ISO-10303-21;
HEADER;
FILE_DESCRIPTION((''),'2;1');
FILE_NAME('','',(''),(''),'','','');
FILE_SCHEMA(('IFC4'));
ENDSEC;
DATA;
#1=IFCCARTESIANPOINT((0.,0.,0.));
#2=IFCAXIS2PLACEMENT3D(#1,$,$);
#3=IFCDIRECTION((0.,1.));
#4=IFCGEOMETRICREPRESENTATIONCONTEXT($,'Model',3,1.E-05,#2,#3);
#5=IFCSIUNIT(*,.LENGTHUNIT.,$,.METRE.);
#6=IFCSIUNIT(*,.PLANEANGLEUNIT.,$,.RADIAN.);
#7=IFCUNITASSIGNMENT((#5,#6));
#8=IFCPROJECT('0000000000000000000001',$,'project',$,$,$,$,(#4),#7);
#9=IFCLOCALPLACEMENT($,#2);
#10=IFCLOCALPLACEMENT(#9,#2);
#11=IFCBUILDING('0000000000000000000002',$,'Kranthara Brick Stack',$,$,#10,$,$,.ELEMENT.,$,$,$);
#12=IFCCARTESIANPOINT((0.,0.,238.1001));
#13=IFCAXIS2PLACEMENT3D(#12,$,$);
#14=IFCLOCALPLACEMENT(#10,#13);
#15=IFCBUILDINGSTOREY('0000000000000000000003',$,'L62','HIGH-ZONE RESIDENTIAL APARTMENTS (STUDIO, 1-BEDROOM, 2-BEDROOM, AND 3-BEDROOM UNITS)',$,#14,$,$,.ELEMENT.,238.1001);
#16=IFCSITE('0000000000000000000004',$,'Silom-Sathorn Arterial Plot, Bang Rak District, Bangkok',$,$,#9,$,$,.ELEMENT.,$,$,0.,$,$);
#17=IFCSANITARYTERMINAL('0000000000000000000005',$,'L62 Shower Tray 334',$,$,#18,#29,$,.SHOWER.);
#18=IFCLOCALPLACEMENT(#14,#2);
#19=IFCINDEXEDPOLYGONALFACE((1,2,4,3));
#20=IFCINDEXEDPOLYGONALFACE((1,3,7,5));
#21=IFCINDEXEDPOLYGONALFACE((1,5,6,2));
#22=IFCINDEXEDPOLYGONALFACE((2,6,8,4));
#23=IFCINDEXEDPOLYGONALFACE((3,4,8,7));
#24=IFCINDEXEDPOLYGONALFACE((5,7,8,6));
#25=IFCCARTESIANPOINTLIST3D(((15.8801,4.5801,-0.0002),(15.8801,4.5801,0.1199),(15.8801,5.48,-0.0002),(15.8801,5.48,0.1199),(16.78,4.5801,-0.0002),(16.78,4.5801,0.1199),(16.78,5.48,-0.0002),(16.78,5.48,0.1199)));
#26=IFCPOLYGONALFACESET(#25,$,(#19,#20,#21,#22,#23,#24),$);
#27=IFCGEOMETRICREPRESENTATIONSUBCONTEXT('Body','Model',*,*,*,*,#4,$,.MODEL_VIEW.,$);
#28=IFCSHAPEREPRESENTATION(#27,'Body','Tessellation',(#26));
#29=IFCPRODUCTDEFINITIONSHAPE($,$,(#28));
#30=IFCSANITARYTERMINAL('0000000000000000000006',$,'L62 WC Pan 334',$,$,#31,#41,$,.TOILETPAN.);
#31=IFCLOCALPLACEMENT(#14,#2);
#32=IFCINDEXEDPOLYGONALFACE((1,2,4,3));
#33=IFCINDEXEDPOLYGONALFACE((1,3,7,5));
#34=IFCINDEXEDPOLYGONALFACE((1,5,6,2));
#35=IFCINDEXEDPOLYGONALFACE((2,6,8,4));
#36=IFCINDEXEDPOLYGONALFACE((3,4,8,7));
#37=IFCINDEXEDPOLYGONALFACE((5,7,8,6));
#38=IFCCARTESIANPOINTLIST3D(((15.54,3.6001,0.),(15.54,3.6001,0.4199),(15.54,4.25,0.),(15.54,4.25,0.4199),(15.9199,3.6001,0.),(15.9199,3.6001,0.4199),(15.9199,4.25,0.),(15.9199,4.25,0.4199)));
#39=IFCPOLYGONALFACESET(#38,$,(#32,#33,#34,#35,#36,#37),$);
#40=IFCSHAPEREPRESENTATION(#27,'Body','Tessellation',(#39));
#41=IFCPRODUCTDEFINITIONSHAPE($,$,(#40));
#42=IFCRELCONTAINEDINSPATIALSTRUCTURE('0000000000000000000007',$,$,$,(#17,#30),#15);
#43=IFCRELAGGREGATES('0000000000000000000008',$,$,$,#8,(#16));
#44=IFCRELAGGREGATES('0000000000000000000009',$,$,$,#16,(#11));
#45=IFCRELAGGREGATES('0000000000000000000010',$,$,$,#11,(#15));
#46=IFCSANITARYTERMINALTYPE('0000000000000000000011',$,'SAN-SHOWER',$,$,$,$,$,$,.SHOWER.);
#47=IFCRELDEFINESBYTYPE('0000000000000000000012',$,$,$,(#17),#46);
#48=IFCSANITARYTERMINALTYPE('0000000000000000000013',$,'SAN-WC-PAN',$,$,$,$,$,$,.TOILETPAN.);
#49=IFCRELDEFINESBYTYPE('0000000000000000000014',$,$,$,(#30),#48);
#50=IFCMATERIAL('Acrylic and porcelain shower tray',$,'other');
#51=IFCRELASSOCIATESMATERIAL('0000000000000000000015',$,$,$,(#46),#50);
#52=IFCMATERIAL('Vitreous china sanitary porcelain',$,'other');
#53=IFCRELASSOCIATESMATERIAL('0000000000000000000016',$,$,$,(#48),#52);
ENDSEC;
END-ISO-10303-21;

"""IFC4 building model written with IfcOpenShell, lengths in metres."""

from ifc_helpers import new_model, si_unit, direction, frame, origin, origin_2d, place, context, subcontext, project, spatial, rectangle, extrude, material, type_object, element, save


model = new_model("IFC4")

# Units and contexts
model_context = context("Model", 3, precision=1e-05, world=origin(), true_north=direction((0.0, 1.0)))
body_context = subcontext(model_context, "Body", "Model", "MODEL_VIEW")
ifc_project = project(units=[si_unit("LENGTHUNIT", "METRE"), si_unit("PLANEANGLEUNIT", "RADIAN")], contexts=[model_context])

# Site, building, storey
site_placement = place(None, origin())
site = spatial("IfcSite", under=ifc_project, at=site_placement, Name="Silom-Sathorn Arterial Plot, Bang Rak District, Bangkok", CompositionType="ELEMENT", RefElevation=0.0)
building_placement = place(site_placement, origin())
building = spatial("IfcBuilding", under=site, at=building_placement, Name="Kranthara Brick Stack", CompositionType="ELEMENT")
storey_placement = place(building_placement, frame((0.0, 0.0, 238.1001)))
storey = spatial("IfcBuildingStorey", under=building, at=storey_placement, Name="L62", Description="HIGH-ZONE RESIDENTIAL APARTMENTS (STUDIO, 1-BEDROOM, 2-BEDROOM, AND 3-BEDROOM UNITS)", CompositionType="ELEMENT", Elevation=238.1001)

# Sanitary terminals
ifc_material_1 = material(Name="Acrylic and porcelain shower tray", Category="other")
sanitary_terminal_type_1 = type_object("IfcSanitaryTerminalType", Name="SAN-SHOWER", PredefinedType="SHOWER", material=ifc_material_1)
sanitary_terminal_1_placement = place(storey_placement, frame((16.3301, 5.03, -0.0002), z_axis=(0.0, 0.0, 1.0), x_axis=(1.0, 0.0, 0.0)))
element("IfcSanitaryTerminal", 1, at=sanitary_terminal_1_placement, inside=storey, type_object=sanitary_terminal_type_1, Name="L62 Shower Tray 334", PredefinedType="SHOWER", context=body_context, shape_type="SweptSolid", body=[
    extrude(rectangle(XDim=0.8999, YDim=0.8999, at=origin_2d()), origin(), (0.0, 0.0, 1.0), 0.1201),
])
ifc_material_2 = material(Name="Vitreous china sanitary porcelain", Category="other")
sanitary_terminal_type_2 = type_object("IfcSanitaryTerminalType", Name="SAN-WC-PAN", PredefinedType="TOILETPAN", material=ifc_material_2)
sanitary_terminal_2_placement = place(storey_placement, frame((15.73, 3.925, 0.0), z_axis=(0.0, 0.0, 1.0), x_axis=(1.0, 0.0, 0.0)))
element("IfcSanitaryTerminal", 2, at=sanitary_terminal_2_placement, inside=storey, type_object=sanitary_terminal_type_2, Name="L62 WC Pan 334", PredefinedType="TOILETPAN", context=body_context, shape_type="SweptSolid", body=[
    extrude(rectangle(XDim=0.3799, YDim=0.6499, at=origin_2d()), origin(), (0.0, 0.0, 1.0), 0.4199),
])

save(model, "model.ifc")
